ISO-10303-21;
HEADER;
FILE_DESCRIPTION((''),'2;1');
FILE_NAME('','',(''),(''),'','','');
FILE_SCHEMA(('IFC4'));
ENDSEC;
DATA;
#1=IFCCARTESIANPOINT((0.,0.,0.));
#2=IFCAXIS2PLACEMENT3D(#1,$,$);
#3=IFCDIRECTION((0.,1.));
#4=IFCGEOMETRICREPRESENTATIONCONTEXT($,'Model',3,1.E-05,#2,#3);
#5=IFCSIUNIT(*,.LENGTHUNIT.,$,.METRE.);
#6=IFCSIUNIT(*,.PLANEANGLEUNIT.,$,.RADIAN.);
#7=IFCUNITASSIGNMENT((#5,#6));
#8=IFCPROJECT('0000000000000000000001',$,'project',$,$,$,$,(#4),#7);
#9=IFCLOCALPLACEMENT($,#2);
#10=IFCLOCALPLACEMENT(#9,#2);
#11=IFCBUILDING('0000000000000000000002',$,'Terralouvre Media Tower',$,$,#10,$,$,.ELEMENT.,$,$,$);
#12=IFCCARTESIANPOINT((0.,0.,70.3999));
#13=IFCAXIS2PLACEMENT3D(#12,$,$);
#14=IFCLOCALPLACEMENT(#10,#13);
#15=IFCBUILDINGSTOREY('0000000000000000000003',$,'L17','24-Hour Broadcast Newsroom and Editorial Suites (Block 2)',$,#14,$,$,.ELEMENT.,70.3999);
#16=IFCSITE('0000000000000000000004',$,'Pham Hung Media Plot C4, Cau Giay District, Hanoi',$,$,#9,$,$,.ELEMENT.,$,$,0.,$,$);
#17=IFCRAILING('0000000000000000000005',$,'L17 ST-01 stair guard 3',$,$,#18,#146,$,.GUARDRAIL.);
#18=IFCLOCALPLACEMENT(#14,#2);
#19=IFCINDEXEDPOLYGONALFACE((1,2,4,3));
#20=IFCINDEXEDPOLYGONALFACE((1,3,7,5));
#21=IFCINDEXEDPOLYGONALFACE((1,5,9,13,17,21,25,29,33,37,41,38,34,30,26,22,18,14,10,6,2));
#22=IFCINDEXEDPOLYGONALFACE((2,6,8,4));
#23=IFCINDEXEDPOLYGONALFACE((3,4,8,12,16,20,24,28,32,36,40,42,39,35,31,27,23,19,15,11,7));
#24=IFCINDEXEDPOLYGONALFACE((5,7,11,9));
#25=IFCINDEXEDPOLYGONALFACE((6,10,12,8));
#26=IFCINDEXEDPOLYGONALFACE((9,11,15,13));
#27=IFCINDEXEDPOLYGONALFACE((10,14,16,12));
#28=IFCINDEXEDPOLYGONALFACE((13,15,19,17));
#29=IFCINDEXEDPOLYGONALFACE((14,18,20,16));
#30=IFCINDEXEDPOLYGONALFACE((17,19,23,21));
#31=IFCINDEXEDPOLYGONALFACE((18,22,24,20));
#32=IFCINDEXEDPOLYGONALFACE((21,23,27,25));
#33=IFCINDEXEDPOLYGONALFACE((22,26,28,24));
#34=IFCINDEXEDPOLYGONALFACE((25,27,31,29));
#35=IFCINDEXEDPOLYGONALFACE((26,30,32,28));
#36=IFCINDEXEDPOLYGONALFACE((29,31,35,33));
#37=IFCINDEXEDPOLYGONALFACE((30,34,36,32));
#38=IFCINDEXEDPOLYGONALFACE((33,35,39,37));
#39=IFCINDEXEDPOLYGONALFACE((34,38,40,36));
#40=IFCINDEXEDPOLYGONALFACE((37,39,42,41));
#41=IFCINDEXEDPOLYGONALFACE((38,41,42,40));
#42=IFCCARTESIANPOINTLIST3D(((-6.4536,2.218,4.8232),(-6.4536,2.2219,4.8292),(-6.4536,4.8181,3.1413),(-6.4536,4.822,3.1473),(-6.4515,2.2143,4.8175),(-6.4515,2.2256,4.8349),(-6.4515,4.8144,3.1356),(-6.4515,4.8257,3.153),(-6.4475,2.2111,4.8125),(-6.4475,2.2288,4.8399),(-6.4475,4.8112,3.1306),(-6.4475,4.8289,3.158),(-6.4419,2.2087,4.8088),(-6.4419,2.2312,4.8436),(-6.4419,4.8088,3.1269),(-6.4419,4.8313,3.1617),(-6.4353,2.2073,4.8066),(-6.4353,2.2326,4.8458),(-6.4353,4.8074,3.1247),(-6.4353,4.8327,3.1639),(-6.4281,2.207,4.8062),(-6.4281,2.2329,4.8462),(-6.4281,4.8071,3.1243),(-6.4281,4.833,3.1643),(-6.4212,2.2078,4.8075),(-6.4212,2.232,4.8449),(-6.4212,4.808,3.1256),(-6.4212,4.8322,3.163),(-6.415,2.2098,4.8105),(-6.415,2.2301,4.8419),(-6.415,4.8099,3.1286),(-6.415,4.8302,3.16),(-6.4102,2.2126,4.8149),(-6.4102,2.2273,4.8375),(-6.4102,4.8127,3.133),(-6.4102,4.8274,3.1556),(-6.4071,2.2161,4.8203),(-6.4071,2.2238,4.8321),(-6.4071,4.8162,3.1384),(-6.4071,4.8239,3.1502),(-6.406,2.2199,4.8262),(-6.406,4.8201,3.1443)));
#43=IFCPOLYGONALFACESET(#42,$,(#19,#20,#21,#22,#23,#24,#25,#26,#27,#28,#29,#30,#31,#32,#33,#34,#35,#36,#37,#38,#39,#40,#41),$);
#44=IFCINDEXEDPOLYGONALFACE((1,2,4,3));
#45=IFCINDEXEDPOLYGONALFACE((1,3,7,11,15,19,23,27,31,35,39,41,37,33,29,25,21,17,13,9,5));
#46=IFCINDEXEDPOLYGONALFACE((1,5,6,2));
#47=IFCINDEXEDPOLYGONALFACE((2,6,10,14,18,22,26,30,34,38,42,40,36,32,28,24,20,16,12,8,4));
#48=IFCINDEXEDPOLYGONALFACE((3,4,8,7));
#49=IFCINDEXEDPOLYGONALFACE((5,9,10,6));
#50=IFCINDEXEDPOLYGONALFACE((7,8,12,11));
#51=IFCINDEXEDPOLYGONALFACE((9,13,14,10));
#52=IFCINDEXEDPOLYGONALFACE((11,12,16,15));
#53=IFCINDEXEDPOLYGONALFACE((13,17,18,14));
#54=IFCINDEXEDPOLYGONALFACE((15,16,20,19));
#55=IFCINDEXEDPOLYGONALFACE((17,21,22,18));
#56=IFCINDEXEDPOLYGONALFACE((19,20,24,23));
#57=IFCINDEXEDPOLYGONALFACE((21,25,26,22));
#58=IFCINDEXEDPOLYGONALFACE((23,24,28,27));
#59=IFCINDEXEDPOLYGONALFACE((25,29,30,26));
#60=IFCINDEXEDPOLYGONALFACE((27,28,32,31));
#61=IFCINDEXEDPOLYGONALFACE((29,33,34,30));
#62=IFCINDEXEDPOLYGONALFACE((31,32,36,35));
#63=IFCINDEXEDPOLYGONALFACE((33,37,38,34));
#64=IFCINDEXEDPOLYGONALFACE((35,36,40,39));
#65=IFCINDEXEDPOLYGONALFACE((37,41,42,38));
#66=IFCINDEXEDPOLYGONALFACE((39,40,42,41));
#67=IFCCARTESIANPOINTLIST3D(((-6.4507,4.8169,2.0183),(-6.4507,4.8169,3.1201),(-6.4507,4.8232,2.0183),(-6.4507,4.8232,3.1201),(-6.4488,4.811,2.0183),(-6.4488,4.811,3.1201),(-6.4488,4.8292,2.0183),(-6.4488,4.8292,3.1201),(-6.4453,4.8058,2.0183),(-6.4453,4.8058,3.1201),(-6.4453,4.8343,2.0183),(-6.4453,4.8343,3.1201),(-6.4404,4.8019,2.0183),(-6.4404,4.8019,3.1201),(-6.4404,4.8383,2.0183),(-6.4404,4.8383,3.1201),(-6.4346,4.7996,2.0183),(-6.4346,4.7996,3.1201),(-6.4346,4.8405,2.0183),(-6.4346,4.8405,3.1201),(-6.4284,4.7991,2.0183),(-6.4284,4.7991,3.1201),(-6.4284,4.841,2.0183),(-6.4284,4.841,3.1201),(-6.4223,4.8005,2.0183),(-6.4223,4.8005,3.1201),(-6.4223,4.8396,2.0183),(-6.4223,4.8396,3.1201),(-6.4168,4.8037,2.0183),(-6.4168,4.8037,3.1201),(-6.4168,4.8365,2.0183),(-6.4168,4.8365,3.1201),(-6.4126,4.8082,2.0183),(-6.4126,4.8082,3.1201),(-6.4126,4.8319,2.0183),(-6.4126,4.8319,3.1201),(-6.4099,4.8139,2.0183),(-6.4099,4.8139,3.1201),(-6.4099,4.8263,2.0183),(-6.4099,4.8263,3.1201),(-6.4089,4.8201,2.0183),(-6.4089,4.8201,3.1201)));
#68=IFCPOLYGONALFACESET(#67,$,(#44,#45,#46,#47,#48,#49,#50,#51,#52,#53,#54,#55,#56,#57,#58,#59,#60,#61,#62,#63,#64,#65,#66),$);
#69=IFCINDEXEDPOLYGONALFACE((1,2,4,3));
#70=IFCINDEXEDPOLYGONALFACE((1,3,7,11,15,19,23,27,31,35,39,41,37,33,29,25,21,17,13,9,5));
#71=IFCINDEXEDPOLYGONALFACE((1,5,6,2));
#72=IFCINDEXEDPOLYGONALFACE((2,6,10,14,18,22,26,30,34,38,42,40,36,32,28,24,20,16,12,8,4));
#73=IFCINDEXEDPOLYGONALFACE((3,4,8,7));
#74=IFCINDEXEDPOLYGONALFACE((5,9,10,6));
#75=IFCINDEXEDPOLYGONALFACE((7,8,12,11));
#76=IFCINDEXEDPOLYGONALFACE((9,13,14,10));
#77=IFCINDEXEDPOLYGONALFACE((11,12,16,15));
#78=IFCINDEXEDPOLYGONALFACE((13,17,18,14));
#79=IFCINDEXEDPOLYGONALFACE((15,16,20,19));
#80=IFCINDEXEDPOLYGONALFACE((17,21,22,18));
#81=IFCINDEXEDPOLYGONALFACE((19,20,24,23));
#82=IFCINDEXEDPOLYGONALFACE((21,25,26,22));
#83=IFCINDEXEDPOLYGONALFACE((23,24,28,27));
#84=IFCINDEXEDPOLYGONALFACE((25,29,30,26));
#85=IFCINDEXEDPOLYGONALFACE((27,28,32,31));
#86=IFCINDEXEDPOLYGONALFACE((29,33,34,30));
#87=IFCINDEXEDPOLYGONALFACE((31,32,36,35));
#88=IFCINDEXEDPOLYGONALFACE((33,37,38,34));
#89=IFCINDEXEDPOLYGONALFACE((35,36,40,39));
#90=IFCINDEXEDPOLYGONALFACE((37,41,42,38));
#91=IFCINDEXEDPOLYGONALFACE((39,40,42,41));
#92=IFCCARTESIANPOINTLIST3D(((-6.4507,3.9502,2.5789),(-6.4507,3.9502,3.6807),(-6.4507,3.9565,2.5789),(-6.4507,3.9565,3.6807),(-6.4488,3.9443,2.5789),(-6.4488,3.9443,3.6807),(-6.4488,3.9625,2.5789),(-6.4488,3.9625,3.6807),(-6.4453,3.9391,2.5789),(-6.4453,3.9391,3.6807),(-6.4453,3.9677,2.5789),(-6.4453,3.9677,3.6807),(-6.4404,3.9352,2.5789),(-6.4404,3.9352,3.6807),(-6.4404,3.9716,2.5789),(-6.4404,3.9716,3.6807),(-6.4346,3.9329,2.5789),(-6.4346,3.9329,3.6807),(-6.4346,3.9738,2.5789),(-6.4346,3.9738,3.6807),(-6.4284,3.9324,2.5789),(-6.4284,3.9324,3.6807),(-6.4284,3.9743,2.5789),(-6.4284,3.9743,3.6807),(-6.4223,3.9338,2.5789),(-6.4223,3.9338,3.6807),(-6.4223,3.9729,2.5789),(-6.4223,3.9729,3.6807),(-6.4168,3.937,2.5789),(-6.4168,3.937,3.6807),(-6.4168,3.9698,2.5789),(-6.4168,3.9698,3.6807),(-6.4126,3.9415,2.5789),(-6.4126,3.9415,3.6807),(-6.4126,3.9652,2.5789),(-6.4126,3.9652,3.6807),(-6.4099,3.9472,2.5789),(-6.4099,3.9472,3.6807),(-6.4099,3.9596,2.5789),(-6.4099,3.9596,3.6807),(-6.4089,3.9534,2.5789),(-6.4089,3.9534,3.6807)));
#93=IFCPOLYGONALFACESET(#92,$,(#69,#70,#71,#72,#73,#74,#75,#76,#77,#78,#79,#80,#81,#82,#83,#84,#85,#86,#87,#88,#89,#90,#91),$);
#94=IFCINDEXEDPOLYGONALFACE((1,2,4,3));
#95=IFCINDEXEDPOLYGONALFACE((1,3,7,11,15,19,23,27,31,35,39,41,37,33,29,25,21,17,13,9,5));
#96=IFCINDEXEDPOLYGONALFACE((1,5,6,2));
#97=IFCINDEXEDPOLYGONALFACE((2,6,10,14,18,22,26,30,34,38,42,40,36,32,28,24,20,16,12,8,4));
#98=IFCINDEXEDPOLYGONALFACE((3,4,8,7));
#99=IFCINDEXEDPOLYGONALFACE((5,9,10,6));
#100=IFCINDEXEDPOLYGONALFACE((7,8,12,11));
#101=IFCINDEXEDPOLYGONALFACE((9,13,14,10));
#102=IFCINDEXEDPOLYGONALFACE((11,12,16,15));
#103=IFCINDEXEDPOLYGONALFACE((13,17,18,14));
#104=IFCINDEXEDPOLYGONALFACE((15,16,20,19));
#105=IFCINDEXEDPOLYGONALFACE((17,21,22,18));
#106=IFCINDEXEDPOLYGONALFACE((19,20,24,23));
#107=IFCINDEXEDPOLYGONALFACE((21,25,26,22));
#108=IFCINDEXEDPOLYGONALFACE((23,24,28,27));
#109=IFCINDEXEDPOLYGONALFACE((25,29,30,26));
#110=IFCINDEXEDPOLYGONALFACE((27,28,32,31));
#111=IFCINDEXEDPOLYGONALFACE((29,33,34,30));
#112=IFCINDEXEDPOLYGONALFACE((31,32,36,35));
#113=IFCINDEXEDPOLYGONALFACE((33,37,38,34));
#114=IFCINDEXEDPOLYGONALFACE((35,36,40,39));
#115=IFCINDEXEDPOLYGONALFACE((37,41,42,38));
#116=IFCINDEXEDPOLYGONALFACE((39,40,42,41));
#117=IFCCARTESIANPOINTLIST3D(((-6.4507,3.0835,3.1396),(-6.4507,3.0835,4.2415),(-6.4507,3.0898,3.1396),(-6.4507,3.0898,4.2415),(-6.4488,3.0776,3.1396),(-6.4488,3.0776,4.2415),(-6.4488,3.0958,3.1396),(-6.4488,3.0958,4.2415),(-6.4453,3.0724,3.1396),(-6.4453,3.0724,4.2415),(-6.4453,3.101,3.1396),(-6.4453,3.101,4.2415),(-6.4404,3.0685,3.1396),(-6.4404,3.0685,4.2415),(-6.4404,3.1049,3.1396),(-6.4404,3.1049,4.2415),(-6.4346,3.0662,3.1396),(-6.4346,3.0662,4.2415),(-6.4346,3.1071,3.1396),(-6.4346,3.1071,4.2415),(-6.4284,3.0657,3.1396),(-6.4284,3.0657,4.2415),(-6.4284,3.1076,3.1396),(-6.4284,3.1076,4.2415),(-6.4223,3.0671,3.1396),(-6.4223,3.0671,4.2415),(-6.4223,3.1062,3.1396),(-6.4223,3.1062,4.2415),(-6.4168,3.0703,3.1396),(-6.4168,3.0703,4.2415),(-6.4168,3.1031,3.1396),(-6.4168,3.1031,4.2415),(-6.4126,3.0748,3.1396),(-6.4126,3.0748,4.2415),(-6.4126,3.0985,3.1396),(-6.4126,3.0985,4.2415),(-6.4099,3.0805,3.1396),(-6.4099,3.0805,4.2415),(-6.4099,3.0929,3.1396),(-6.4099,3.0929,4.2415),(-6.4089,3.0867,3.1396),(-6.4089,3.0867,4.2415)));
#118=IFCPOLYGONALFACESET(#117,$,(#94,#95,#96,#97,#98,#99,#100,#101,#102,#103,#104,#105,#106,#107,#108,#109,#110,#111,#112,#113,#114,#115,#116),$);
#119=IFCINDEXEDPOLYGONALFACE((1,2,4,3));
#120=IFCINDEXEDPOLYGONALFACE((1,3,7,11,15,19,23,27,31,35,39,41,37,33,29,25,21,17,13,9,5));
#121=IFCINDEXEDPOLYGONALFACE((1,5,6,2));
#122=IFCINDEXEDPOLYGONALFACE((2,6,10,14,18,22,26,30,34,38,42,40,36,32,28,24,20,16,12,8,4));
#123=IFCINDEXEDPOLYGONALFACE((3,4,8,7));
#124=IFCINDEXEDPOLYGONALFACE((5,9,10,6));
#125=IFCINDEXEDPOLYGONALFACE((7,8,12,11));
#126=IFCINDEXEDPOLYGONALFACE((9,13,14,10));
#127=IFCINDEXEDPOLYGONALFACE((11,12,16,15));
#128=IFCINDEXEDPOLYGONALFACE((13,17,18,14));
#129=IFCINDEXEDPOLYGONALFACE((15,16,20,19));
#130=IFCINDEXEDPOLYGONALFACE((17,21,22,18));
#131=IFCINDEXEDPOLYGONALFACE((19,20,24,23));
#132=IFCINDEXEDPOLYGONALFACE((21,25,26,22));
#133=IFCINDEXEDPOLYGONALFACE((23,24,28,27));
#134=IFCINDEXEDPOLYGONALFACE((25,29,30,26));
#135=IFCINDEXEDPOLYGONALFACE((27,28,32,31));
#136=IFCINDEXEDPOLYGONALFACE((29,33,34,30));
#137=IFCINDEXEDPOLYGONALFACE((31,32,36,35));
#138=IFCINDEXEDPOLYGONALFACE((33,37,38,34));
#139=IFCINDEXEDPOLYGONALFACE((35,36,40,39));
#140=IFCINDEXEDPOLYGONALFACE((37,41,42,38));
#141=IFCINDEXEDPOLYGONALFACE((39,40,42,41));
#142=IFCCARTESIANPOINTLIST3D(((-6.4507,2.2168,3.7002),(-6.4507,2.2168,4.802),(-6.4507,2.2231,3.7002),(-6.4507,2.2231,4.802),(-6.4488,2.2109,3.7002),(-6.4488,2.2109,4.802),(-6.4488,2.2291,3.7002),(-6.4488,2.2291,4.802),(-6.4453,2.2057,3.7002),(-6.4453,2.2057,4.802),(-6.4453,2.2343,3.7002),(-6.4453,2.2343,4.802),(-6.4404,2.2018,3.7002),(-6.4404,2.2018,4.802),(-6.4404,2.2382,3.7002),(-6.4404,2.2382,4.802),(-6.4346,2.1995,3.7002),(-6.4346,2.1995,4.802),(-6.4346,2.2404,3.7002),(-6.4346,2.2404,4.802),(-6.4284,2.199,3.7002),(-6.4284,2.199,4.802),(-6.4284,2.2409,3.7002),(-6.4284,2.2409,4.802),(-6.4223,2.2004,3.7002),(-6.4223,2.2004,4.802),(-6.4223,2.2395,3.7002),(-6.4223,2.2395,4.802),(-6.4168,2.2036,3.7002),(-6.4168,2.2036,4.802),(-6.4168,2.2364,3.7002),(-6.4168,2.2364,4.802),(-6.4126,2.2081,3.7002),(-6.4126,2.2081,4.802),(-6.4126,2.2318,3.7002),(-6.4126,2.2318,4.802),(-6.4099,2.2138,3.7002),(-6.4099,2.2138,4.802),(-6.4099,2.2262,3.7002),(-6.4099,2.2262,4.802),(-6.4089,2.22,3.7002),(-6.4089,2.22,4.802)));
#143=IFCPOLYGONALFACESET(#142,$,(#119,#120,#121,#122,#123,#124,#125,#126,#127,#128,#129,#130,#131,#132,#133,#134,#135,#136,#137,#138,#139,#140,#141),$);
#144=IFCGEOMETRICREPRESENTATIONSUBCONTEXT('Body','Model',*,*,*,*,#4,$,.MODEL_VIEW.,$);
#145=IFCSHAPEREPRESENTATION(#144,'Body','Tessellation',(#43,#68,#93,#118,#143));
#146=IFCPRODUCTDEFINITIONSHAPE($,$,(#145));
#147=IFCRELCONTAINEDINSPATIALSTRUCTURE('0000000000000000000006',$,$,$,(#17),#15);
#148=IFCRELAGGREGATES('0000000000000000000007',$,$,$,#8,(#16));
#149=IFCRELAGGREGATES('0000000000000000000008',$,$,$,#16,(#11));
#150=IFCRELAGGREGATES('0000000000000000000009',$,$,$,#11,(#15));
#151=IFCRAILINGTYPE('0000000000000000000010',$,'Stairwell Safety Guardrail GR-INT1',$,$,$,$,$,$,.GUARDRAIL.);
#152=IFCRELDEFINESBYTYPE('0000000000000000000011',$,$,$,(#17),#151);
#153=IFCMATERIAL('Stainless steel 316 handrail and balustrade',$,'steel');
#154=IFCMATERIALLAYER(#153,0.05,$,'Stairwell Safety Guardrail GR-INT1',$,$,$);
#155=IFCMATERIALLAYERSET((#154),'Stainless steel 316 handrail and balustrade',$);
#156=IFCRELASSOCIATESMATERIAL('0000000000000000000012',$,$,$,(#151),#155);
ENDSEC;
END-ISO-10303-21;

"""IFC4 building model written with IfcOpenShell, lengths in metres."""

from ifc_helpers import new_model, si_unit, direction, frame, origin, origin_2d, place, context, subcontext, project, spatial, circle, extrude, material, layer, layer_set, type_object, element, save


model = new_model("IFC4")

# Units and contexts
model_context = context("Model", 3, precision=1e-05, world=origin(), true_north=direction((0.0, 1.0)))
body_context = subcontext(model_context, "Body", "Model", "MODEL_VIEW")
ifc_project = project(units=[si_unit("LENGTHUNIT", "METRE"), si_unit("PLANEANGLEUNIT", "RADIAN")], contexts=[model_context])

# Site, building, storey
site_placement = place(None, origin())
site = spatial("IfcSite", under=ifc_project, at=site_placement, Name="Pham Hung Media Plot C4, Cau Giay District, Hanoi", CompositionType="ELEMENT", RefElevation=0.0)
building_placement = place(site_placement, origin())
building = spatial("IfcBuilding", under=site, at=building_placement, Name="Terralouvre Media Tower", CompositionType="ELEMENT")
storey_placement = place(building_placement, frame((0.0, 0.0, 70.3999)))
storey = spatial("IfcBuildingStorey", under=building, at=storey_placement, Name="L17", Description="24-Hour Broadcast Newsroom and Editorial Suites (Block 2)", CompositionType="ELEMENT", Elevation=70.3999)

# Railing
ifc_material_1 = material(Name="Stainless steel 316 handrail and balustrade", Category="steel")
ifc_layer_1 = layer(ifc_material_1, 0.05, Name="Stairwell Safety Guardrail GR-INT1")
ifc_layer_set_1 = layer_set([ifc_layer_1], Name="Stainless steel 316 handrail and balustrade")
railing_type_1 = type_object("IfcRailingType", Name="Stairwell Safety Guardrail GR-INT1", PredefinedType="GUARDRAIL", material=ifc_layer_set_1)
railing_1_placement = place(storey_placement, frame((-6.4299, 4.8201, 2.0183)))
element("IfcRailing", 1, at=railing_1_placement, inside=storey, type_object=railing_type_1, Name="L17 ST-01 stair guard 3", PredefinedType="GUARDRAIL", context=body_context, shape_type="SweptSolid", body=[
    extrude(circle(Radius=0.0239, at=origin_2d()), frame((0.0, 0.0, 1.126), z_axis=(0.0, -0.839648, 0.54313), x_axis=(1.0, 0.0, 0.0)), (0.0, 0.0, 1.0), 3.0967),
    extrude(circle(Radius=0.021, at=origin_2d()), origin(), (0.0, 0.0, 1.0), 1.1018),
    extrude(circle(Radius=0.021, at=origin_2d()), frame((0.0, -0.8667, 0.5605)), (0.0, 0.0, 1.0), 1.1018),
    extrude(circle(Radius=0.021, at=origin_2d()), frame((0.0, -1.7334, 1.1213)), (0.0, 0.0, 1.0), 1.1018),
    extrude(circle(Radius=0.021, at=origin_2d()), frame((0.0, -2.6001, 1.6819)), (0.0, 0.0, 1.0), 1.1018),
])

save(model, "model.ifc")
